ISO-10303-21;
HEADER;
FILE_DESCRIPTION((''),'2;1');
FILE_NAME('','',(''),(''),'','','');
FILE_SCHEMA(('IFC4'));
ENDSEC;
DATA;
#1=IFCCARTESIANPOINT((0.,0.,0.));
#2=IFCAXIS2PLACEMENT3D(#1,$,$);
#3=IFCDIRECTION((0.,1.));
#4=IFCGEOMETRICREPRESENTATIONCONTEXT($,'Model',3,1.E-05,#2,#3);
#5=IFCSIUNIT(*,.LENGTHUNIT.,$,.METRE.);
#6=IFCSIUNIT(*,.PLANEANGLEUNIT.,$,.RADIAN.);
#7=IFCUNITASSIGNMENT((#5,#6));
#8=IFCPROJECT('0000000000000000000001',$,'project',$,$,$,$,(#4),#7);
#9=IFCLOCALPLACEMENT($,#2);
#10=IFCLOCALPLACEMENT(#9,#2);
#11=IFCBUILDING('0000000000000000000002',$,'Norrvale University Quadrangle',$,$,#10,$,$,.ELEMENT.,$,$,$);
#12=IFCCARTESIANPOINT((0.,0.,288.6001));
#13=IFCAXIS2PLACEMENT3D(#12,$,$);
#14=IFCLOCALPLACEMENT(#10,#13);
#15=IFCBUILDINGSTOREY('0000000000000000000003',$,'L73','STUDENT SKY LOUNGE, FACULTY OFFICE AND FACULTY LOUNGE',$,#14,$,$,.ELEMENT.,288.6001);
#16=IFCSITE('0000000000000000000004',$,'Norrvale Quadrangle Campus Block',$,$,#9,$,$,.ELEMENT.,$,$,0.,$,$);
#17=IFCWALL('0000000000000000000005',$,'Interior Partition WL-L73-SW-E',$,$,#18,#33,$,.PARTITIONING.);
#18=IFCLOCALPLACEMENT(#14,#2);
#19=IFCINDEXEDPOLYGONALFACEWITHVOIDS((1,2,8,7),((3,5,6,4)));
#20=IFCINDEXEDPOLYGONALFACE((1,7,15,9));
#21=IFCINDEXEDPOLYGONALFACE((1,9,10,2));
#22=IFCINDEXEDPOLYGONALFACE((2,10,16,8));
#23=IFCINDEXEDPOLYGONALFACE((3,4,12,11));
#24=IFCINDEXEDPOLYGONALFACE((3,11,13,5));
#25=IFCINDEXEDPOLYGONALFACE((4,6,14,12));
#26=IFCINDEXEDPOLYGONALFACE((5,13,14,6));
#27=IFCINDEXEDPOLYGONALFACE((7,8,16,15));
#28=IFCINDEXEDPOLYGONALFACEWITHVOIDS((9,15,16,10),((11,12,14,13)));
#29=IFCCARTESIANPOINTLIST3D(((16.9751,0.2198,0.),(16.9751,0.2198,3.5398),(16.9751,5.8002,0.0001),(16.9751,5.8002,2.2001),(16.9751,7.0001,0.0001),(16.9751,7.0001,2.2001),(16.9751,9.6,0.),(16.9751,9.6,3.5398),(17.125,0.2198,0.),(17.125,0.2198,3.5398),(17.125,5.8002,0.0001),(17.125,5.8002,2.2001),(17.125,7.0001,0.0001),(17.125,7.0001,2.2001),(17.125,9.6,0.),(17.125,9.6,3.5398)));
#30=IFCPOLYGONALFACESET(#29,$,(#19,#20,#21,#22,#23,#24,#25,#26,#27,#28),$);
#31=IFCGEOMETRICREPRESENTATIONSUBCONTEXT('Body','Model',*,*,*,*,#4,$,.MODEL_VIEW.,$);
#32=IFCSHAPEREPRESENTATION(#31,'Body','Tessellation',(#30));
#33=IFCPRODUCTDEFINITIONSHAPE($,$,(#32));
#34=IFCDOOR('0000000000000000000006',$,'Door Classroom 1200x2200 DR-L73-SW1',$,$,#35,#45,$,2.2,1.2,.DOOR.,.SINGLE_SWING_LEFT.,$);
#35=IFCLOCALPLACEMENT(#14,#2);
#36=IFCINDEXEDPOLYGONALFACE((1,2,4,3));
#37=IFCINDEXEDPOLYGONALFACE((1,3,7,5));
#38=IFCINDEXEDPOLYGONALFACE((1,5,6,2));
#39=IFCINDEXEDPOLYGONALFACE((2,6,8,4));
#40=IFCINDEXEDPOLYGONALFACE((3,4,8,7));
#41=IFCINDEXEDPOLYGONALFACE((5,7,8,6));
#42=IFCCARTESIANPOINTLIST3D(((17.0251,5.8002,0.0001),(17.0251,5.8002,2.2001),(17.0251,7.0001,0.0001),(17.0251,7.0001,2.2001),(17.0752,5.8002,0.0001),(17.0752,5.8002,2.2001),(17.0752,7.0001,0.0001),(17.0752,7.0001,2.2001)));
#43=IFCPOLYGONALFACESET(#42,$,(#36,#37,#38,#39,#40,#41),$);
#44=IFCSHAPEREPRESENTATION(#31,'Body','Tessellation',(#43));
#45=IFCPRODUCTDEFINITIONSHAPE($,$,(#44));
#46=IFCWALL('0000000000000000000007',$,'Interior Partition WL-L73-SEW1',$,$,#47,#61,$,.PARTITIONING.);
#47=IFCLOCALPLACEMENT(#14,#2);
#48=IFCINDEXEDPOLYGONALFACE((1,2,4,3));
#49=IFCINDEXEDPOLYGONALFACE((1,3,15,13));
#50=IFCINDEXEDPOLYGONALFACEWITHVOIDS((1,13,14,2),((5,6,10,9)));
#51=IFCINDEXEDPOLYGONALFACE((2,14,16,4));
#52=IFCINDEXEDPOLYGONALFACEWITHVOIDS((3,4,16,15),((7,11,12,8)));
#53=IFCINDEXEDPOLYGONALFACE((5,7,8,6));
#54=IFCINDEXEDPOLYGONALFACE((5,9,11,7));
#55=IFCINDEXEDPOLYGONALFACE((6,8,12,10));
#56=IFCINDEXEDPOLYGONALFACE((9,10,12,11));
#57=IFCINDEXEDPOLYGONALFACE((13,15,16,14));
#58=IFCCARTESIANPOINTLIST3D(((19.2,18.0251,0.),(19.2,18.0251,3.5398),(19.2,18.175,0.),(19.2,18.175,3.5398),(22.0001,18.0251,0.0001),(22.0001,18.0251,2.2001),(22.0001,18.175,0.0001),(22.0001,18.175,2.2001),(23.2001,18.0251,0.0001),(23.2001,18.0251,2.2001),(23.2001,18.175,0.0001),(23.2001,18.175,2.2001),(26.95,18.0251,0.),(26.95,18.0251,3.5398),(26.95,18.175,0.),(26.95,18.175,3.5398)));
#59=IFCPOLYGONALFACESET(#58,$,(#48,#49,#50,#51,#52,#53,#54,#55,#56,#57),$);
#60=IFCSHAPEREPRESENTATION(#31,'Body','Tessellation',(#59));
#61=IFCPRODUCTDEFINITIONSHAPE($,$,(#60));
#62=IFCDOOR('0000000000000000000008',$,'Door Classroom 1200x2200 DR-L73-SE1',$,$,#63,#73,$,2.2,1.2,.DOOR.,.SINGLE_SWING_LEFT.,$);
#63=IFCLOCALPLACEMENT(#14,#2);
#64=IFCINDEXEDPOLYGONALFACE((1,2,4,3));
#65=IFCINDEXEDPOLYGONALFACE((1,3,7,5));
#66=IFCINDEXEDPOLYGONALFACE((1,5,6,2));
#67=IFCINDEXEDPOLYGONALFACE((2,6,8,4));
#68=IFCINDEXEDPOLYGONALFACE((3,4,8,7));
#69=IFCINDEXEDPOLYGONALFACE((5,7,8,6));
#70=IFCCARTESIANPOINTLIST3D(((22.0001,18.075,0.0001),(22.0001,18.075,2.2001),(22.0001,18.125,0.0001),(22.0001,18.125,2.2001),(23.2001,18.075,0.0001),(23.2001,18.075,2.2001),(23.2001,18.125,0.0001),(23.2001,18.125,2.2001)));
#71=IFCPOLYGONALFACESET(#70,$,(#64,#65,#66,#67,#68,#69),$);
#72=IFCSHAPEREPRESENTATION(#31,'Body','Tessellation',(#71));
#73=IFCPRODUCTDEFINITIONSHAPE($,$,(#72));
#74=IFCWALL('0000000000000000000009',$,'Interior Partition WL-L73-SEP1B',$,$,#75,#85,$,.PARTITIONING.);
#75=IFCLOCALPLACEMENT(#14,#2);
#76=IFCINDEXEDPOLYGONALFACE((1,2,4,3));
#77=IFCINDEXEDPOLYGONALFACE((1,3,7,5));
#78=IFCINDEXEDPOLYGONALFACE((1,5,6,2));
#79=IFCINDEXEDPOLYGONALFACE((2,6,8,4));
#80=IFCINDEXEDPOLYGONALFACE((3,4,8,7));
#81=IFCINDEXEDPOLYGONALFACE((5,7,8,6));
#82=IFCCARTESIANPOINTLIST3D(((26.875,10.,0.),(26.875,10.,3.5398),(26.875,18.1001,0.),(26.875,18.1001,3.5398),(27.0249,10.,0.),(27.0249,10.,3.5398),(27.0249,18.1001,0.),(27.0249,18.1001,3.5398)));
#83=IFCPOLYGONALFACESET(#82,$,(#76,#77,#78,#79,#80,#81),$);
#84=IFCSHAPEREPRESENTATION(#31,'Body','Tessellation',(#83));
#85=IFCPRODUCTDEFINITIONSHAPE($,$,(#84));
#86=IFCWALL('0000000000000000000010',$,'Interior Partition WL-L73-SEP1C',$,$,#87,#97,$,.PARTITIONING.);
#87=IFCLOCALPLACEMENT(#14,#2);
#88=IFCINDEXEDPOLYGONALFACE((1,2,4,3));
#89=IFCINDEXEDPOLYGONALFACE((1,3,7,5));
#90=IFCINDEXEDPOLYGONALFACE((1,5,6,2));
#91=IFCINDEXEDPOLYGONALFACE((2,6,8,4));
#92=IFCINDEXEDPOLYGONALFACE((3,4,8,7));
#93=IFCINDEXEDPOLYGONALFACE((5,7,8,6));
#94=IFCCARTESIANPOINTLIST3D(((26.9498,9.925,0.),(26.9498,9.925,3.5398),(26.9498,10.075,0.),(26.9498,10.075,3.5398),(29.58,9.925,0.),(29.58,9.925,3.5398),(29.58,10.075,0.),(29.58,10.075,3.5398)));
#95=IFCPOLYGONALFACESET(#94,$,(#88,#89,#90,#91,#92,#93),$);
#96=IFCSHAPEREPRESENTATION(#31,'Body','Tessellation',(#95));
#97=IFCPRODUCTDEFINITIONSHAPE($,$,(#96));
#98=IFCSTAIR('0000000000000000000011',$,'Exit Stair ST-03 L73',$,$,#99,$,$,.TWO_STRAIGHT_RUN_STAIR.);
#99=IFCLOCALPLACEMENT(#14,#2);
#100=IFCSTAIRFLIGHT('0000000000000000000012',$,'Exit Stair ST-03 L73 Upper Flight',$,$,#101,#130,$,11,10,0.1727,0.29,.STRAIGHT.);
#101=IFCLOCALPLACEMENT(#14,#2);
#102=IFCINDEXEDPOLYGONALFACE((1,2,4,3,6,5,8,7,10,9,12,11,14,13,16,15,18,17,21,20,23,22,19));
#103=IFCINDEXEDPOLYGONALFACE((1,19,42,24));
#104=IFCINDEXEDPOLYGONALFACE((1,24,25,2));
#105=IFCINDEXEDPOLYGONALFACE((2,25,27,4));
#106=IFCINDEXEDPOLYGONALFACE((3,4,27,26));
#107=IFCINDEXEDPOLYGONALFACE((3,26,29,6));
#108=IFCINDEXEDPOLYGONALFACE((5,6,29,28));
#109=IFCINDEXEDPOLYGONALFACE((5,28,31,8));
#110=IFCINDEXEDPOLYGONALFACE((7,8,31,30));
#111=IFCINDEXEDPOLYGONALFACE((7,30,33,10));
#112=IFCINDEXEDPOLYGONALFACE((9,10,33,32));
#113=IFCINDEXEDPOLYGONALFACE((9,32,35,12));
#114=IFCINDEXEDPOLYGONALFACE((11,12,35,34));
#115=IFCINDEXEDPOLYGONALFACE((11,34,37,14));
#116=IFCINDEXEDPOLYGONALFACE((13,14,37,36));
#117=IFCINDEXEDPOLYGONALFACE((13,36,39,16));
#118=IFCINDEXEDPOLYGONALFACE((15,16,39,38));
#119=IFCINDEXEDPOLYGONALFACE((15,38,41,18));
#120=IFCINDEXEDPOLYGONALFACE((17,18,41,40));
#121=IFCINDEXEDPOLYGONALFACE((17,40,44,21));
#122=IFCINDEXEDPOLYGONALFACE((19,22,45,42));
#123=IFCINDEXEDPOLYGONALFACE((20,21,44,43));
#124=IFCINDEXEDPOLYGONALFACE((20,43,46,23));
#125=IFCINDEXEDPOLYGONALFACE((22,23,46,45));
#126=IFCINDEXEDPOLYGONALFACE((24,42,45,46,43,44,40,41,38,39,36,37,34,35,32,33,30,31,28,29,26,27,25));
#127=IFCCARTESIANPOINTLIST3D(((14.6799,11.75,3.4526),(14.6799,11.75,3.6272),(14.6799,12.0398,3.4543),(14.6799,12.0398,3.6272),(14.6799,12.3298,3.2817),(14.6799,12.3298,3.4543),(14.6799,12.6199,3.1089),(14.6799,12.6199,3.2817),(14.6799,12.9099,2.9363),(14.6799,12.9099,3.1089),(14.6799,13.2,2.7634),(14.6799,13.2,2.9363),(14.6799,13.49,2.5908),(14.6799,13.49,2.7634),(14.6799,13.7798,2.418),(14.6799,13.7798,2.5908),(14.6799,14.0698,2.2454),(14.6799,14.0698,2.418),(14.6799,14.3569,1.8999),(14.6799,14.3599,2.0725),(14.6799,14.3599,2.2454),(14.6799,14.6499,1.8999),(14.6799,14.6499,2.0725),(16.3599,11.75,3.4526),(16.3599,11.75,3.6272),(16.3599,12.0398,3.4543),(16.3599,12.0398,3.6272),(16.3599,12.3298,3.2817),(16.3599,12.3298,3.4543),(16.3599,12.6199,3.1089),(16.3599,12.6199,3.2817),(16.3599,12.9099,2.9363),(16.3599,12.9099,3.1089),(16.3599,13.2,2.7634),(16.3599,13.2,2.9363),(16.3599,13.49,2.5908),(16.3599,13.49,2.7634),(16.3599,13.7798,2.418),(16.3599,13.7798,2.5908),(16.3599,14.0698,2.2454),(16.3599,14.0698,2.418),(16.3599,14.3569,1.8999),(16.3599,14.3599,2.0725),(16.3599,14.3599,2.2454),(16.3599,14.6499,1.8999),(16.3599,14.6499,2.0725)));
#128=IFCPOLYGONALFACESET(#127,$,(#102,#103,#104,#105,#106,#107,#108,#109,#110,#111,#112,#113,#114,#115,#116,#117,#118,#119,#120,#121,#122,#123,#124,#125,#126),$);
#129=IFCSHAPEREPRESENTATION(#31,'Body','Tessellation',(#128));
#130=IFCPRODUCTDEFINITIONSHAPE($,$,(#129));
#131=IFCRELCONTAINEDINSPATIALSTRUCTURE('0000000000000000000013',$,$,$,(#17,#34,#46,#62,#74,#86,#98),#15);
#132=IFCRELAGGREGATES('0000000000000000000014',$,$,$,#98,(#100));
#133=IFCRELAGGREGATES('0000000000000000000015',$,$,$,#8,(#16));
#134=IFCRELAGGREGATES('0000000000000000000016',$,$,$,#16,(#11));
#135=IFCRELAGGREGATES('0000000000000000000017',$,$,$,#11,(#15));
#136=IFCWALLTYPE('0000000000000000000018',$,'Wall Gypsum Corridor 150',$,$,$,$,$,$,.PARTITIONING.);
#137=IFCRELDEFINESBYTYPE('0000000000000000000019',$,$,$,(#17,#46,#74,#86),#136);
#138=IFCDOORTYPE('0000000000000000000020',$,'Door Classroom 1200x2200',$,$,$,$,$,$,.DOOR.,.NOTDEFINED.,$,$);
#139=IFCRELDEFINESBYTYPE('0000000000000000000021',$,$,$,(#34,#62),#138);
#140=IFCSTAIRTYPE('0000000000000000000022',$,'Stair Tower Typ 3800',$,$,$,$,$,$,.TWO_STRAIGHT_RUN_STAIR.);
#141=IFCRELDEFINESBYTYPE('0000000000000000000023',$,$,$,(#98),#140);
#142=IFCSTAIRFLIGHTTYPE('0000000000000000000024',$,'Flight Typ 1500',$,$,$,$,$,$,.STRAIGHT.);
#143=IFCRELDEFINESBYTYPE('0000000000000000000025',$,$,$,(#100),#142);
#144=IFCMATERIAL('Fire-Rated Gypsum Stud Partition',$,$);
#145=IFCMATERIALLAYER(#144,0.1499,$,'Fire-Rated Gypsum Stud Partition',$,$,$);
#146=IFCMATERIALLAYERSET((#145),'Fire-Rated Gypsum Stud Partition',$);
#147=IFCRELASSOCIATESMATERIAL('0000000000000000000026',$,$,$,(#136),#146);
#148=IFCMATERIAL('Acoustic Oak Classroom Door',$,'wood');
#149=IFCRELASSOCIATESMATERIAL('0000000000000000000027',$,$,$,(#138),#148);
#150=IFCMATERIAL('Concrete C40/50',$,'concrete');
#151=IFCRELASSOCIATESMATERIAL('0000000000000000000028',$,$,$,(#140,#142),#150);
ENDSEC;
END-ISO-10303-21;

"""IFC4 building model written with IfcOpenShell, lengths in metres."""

from ifc_helpers import new_model, si_unit, direction, frame, frame_2d, origin, place, context, subcontext, project, spatial, polyline, rectangle, outline, extrude, material, layer, layer_set, type_object, element, fill, aggregate, save


model = new_model("IFC4")

# Units and contexts
model_context = context("Model", 3, precision=1e-05, world=origin(), true_north=direction((0.0, 1.0)))
body_context = subcontext(model_context, "Body", "Model", "MODEL_VIEW")
ifc_project = project(units=[si_unit("LENGTHUNIT", "METRE"), si_unit("PLANEANGLEUNIT", "RADIAN")], contexts=[model_context])

# Site, building, storey
site_placement = place(None, origin())
site = spatial("IfcSite", under=ifc_project, at=site_placement, Name="Norrvale Quadrangle Campus Block", CompositionType="ELEMENT", RefElevation=0.0)
building_placement = place(site_placement, origin())
building = spatial("IfcBuilding", under=site, at=building_placement, Name="Norrvale University Quadrangle", CompositionType="ELEMENT")
storey_placement = place(building_placement, frame((0.0, 0.0, 288.6001)))
storey = spatial("IfcBuildingStorey", under=building, at=storey_placement, Name="L73", Description="STUDENT SKY LOUNGE, FACULTY OFFICE AND FACULTY LOUNGE", CompositionType="ELEMENT", Elevation=288.6001)

# Shared definitions
ifc_material_1 = material(Name="Fire-Rated Gypsum Stud Partition")
ifc_layer_1 = layer(ifc_material_1, 0.1499, Name="Fire-Rated Gypsum Stud Partition")
ifc_layer_set_1 = layer_set([ifc_layer_1], Name="Fire-Rated Gypsum Stud Partition")
wall_type_1 = type_object("IfcWallType", Name="Wall Gypsum Corridor 150", PredefinedType="PARTITIONING", material=ifc_layer_set_1)

# Walls, openings, doors
wall_1_placement = place(storey_placement, frame((17.05, 0.22, 0.0), z_axis=(0.0, 0.0, 1.0), x_axis=(0.0, 1.0, 0.0)))
wall_1 = element("IfcWall", 1, at=wall_1_placement, inside=storey, type_object=wall_type_1, Name="Interior Partition WL-L73-SW-E", PredefinedType="PARTITIONING", context=body_context, shape_type="SweptSolid", body=[
    extrude(rectangle(XDim=9.3801, YDim=0.1499, at=frame_2d((4.6899, 0.0))), origin(), (0.0, 0.0, 1.0), 3.5398),
])
opening_1_placement = place(wall_1_placement, frame((5.5801, 0.0, 0.0)))
opening_1 = element("IfcOpeningElement", 2, at=opening_1_placement, cuts=wall_1, PredefinedType="OPENING", context=body_context, shape_type="SweptSolid", body=[
    extrude(rectangle(XDim=1.2, YDim=2.2, at=frame_2d((0.6001, 1.1001))), frame((0.0, 0.0869, 0.0), z_axis=(0.0, -1.0, 0.0), x_axis=(1.0, 0.0, 0.0)), (0.0, 0.0, 1.0), 0.1738),
])
ifc_material_2 = material(Name="Acoustic Oak Classroom Door", Category="wood")
door_type_1 = type_object("IfcDoorType", Name="Door Classroom 1200x2200", OperationType="NOTDEFINED", PredefinedType="DOOR", material=ifc_material_2)
door_1_placement = place(opening_1_placement, origin())
door_1 = element("IfcDoor", 3, at=door_1_placement, inside=storey, type_object=door_type_1, Name="Door Classroom 1200x2200 DR-L73-SW1", OperationType="SINGLE_SWING_LEFT", OverallHeight=2.2, OverallWidth=1.2, PredefinedType="DOOR", context=body_context, shape_type="SweptSolid", body=[
    extrude(rectangle(XDim=1.2, YDim=2.2, at=frame_2d((0.6001, 1.1001))), frame((0.0, 0.0249, 0.0), z_axis=(0.0, -1.0, 0.0), x_axis=(1.0, 0.0, 0.0)), (0.0, 0.0, 1.0), 0.05),
])
fill(opening_1, door_1)
wall_2_placement = place(storey_placement, frame((19.2, 18.1001, 0.0), z_axis=(0.0, 0.0, 1.0), x_axis=(1.0, 0.0, 0.0)))
wall_2 = element("IfcWall", 4, at=wall_2_placement, inside=storey, type_object=wall_type_1, Name="Interior Partition WL-L73-SEW1", PredefinedType="PARTITIONING", context=body_context, shape_type="SweptSolid", body=[
    extrude(rectangle(XDim=7.75, YDim=0.1499, at=frame_2d((3.875, 0.0))), origin(), (0.0, 0.0, 1.0), 3.5398),
])
opening_2_placement = place(wall_2_placement, frame((2.8, 0.0, 0.0)))
opening_2 = element("IfcOpeningElement", 5, at=opening_2_placement, cuts=wall_2, PredefinedType="OPENING", context=body_context, shape_type="SweptSolid", body=[
    extrude(rectangle(XDim=1.2, YDim=2.2, at=frame_2d((0.6001, 1.1001))), frame((0.0, 0.0869, 0.0), z_axis=(0.0, -1.0, 0.0), x_axis=(1.0, 0.0, 0.0)), (0.0, 0.0, 1.0), 0.1738),
])
door_2_placement = place(opening_2_placement, origin())
door_2 = element("IfcDoor", 6, at=door_2_placement, inside=storey, type_object=door_type_1, Name="Door Classroom 1200x2200 DR-L73-SE1", OperationType="SINGLE_SWING_LEFT", OverallHeight=2.2, OverallWidth=1.2, PredefinedType="DOOR", context=body_context, shape_type="SweptSolid", body=[
    extrude(rectangle(XDim=1.2, YDim=2.2, at=frame_2d((0.6001, 1.1001))), frame((0.0, 0.0249, 0.0), z_axis=(0.0, -1.0, 0.0), x_axis=(1.0, 0.0, 0.0)), (0.0, 0.0, 1.0), 0.05),
])
fill(opening_2, door_2)

# Walls
wall_3_placement = place(storey_placement, frame((26.95, 10.0, 0.0), z_axis=(0.0, 0.0, 1.0), x_axis=(0.0, 1.0, 0.0)))
element("IfcWall", 7, at=wall_3_placement, inside=storey, type_object=wall_type_1, Name="Interior Partition WL-L73-SEP1B", PredefinedType="PARTITIONING", context=body_context, shape_type="SweptSolid", body=[
    extrude(rectangle(XDim=8.1001, YDim=0.1499, at=frame_2d((4.05, 0.0))), origin(), (0.0, 0.0, 1.0), 3.5398),
])
wall_4_placement = place(storey_placement, frame((26.95, 10.0, 0.0), z_axis=(0.0, 0.0, 1.0), x_axis=(1.0, 0.0, 0.0)))
element("IfcWall", 8, at=wall_4_placement, inside=storey, type_object=wall_type_1, Name="Interior Partition WL-L73-SEP1C", PredefinedType="PARTITIONING", context=body_context, shape_type="SweptSolid", body=[
    extrude(rectangle(XDim=2.6301, YDim=0.1499, at=frame_2d((1.3149, 0.0))), origin(), (0.0, 0.0, 1.0), 3.5398),
])

# Stair, stair flight
ifc_material_3 = material(Name="Concrete C40/50", Category="concrete")
stair_type = type_object("IfcStairType", Name="Stair Tower Typ 3800", PredefinedType="TWO_STRAIGHT_RUN_STAIR", material=ifc_material_3)
stair_placement = place(storey_placement, origin())
stair = element("IfcStair", 9, at=stair_placement, inside=storey, type_object=stair_type, Name="Exit Stair ST-03 L73", PredefinedType="TWO_STRAIGHT_RUN_STAIR")
stair_flight_type = type_object("IfcStairFlightType", Name="Flight Typ 1500", PredefinedType="STRAIGHT", material=ifc_material_3)
stair_flight_placement = place(storey_placement, frame((15.52, 14.6499, 1.8999), z_axis=(0.0, 0.0, 1.0), x_axis=(0.0, -1.0, 0.0)))
stair_flight = element("IfcStairFlight", 10, at=stair_flight_placement, type_object=stair_flight_type, Name="Exit Stair ST-03 L73 Upper Flight", NumberOfRisers=11, NumberOfTreads=10, PredefinedType="STRAIGHT", RiserHeight=0.1727, TreadLength=0.29, context=body_context, shape_type="SweptSolid", body=[
    extrude(outline(polyline([(0.0, 0.0), (0.0, 0.1726), (0.29, 0.1726), (0.29, 0.3455), (0.5801, 0.3455), (0.5801, 0.5181), (0.8701, 0.5181), (0.8701, 0.6909), (1.1599, 0.6909), (1.1599, 0.8635), (1.45, 0.8635), (1.45, 1.0364), (1.74, 1.0364), (1.74, 1.209), (2.03, 1.209), (2.03, 1.3818), (2.3201, 1.3818), (2.3201, 1.5544), (2.6101, 1.5544), (2.6101, 1.7273), (2.8999, 1.7273), (2.8999, 1.8999), (2.8999, 1.5527), (0.293, 0.0), (0.0, 0.0)])), frame((0.0, 0.8398, 0.0), z_axis=(0.0, -1.0, 0.0), x_axis=(1.0, 0.0, 0.0)), (0.0, 0.0, 1.0), 1.6799),
])
aggregate(stair, [stair_flight])

save(model, "model.ifc")
